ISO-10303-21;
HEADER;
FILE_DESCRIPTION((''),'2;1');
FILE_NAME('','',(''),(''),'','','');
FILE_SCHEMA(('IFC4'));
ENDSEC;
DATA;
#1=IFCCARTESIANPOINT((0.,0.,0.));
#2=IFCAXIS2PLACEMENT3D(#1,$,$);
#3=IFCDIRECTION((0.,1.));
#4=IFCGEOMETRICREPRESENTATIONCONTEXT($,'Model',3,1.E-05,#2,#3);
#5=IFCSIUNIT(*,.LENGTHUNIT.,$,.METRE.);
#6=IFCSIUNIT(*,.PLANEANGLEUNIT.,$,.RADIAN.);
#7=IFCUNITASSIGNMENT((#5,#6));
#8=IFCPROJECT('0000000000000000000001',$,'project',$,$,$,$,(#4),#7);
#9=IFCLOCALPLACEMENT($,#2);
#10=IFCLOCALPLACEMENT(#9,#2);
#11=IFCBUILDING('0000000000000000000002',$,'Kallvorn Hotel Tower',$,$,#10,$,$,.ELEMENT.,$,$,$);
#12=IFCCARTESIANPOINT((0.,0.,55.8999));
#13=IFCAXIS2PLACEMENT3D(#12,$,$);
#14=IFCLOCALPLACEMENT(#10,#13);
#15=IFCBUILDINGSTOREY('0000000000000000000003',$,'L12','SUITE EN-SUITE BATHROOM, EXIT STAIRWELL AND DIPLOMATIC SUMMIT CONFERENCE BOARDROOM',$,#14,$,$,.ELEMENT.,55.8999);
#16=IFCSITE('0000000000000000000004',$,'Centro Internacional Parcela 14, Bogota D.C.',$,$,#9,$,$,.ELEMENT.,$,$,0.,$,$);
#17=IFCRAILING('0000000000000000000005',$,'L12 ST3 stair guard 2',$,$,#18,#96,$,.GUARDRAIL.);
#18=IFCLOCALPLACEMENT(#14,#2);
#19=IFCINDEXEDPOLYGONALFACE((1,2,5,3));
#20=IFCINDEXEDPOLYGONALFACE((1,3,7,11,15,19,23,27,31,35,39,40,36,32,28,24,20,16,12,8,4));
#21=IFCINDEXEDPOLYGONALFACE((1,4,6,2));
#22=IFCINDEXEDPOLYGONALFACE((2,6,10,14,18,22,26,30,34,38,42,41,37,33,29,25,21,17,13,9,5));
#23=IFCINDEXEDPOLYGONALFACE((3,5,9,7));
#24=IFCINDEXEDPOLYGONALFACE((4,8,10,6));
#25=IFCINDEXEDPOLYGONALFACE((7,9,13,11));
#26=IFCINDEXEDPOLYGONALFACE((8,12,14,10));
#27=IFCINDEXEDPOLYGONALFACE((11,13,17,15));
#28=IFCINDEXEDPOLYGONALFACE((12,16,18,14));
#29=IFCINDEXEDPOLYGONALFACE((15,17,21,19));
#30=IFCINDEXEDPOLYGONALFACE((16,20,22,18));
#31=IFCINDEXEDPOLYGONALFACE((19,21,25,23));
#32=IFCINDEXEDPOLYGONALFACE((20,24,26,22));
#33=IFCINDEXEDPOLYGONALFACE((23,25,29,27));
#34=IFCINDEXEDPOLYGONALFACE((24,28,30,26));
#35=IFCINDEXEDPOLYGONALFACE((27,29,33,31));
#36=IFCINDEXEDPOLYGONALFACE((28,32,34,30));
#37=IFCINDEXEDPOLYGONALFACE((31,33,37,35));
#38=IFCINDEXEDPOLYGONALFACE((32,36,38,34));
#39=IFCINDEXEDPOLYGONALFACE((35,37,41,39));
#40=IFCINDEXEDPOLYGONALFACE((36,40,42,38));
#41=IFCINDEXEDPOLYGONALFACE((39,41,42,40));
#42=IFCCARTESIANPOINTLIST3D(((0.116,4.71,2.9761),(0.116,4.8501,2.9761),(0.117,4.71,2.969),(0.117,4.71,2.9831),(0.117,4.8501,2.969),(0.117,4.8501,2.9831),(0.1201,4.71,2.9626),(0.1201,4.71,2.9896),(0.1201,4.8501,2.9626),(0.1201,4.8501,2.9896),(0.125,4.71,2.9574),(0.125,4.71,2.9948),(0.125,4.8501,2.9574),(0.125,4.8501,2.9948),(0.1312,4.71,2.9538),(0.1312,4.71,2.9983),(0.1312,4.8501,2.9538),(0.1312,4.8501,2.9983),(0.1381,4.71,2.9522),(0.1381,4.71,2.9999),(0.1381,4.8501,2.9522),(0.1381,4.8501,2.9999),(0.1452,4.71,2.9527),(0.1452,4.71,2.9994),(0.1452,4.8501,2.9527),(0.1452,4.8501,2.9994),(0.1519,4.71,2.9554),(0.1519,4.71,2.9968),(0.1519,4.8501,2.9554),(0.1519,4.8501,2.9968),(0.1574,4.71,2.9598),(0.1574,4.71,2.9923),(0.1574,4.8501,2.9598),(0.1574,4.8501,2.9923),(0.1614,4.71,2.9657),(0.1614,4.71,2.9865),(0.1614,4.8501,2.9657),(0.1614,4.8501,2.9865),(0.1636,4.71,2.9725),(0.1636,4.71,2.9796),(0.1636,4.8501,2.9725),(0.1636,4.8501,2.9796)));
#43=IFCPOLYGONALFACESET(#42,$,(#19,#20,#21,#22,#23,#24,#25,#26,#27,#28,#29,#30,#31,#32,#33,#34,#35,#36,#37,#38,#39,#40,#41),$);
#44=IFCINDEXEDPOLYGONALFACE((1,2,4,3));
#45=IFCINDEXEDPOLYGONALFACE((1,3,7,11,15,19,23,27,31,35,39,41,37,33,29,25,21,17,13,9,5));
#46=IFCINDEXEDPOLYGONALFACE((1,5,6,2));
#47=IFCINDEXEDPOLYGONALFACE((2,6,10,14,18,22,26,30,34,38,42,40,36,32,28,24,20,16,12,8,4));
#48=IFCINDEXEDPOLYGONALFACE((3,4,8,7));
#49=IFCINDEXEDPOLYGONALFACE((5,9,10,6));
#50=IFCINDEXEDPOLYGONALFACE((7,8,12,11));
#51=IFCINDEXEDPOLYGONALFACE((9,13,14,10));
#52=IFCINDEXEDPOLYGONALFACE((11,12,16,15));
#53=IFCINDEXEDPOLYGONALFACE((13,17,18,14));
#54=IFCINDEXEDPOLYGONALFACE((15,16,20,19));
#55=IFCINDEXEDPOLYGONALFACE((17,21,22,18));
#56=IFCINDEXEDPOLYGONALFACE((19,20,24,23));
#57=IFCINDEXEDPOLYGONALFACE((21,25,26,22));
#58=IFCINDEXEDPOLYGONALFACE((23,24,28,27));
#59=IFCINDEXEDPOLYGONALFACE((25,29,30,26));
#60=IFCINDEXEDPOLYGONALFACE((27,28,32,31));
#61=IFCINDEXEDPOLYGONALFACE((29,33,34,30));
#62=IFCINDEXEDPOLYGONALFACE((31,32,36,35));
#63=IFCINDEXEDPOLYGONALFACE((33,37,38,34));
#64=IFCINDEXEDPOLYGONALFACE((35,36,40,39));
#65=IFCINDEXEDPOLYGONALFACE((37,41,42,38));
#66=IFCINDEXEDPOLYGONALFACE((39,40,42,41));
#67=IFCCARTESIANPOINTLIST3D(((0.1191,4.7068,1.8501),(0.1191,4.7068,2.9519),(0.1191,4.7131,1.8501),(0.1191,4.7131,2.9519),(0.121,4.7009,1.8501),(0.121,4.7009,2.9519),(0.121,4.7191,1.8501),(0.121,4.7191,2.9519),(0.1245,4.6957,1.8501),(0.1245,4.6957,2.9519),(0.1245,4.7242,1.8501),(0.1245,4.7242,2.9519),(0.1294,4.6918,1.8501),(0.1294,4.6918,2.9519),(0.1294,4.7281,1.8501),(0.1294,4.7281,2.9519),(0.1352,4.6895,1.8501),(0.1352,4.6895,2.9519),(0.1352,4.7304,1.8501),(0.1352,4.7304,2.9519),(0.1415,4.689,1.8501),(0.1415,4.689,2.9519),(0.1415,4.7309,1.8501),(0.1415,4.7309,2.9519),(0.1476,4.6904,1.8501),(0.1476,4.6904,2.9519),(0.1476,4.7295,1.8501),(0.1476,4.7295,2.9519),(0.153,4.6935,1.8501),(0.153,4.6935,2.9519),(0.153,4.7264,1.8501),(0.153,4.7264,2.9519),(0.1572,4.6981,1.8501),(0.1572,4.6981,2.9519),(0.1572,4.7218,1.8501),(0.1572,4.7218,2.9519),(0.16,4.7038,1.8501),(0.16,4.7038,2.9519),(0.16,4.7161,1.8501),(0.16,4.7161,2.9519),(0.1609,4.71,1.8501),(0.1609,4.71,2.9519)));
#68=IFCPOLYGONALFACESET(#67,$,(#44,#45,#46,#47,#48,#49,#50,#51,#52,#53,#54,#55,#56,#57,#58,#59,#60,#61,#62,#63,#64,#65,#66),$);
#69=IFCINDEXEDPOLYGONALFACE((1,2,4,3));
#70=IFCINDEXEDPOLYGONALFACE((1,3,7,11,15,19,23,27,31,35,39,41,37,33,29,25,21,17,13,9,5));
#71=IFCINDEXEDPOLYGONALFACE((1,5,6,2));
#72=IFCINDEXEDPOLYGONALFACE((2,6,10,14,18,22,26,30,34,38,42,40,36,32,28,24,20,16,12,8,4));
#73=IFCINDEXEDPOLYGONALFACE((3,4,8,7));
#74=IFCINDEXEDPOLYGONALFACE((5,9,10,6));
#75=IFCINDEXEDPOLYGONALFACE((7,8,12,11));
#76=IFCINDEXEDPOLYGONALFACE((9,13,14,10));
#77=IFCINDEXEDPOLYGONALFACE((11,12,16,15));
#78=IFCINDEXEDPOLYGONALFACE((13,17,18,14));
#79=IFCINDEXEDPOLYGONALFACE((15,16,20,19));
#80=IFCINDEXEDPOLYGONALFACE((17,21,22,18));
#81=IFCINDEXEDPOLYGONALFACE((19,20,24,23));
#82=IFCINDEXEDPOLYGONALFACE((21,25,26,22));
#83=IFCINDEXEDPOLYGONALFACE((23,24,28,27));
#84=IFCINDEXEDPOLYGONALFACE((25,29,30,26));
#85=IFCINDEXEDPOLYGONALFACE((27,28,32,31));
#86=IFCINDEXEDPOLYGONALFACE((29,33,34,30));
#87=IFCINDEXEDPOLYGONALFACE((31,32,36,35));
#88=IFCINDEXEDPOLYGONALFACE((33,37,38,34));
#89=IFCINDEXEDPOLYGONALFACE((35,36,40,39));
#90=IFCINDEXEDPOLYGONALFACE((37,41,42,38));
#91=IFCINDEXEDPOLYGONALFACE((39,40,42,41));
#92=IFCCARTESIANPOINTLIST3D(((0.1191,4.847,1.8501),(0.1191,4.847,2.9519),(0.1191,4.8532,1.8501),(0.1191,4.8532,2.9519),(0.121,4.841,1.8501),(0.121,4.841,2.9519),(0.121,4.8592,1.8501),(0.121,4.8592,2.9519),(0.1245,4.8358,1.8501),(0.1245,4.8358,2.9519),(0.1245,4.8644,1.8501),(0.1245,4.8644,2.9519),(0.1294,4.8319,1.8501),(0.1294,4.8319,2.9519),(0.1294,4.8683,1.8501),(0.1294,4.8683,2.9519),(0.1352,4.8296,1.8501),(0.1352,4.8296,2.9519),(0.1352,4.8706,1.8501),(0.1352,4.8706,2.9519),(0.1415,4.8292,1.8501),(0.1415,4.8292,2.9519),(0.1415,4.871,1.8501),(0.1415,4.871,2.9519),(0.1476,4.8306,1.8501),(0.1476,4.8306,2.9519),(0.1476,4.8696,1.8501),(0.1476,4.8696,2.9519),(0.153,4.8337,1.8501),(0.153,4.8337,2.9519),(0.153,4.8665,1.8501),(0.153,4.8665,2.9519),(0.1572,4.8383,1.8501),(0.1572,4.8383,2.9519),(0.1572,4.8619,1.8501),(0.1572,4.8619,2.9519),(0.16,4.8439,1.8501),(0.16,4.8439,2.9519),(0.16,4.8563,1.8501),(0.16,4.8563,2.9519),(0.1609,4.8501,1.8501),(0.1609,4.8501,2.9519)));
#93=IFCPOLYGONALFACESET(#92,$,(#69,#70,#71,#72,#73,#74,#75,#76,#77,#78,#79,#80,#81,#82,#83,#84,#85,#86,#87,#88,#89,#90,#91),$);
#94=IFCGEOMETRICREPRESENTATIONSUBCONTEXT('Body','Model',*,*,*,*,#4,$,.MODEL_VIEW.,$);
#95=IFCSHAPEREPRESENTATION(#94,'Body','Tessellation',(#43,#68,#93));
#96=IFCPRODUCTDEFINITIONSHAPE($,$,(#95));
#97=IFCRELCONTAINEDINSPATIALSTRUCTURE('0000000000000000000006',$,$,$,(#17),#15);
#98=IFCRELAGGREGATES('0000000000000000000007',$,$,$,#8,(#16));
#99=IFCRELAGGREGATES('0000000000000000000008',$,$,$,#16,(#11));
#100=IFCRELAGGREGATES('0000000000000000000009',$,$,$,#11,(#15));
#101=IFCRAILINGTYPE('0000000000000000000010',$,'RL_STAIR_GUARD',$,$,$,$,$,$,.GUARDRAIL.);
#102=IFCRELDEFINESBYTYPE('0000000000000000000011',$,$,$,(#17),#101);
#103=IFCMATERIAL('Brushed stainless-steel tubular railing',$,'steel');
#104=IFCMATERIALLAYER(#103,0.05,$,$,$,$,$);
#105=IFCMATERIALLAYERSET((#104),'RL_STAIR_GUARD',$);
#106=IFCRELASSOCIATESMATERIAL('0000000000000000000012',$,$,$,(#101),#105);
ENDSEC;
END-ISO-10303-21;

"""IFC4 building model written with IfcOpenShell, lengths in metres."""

from ifc_helpers import new_model, si_unit, direction, frame, origin, origin_2d, place, context, subcontext, project, spatial, circle, extrude, material, layer, layer_set, type_object, element, save


model = new_model("IFC4")

# Units and contexts
model_context = context("Model", 3, precision=1e-05, world=origin(), true_north=direction((0.0, 1.0)))
body_context = subcontext(model_context, "Body", "Model", "MODEL_VIEW")
ifc_project = project(units=[si_unit("LENGTHUNIT", "METRE"), si_unit("PLANEANGLEUNIT", "RADIAN")], contexts=[model_context])

# Site, building, storey
site_placement = place(None, origin())
site = spatial("IfcSite", under=ifc_project, at=site_placement, Name="Centro Internacional Parcela 14, Bogota D.C.", CompositionType="ELEMENT", RefElevation=0.0)
building_placement = place(site_placement, origin())
building = spatial("IfcBuilding", under=site, at=building_placement, Name="Kallvorn Hotel Tower", CompositionType="ELEMENT")
storey_placement = place(building_placement, frame((0.0, 0.0, 55.8999)))
storey = spatial("IfcBuildingStorey", under=building, at=storey_placement, Name="L12", Description="SUITE EN-SUITE BATHROOM, EXIT STAIRWELL AND DIPLOMATIC SUMMIT CONFERENCE BOARDROOM", CompositionType="ELEMENT", Elevation=55.8999)

# Railing
ifc_material_1 = material(Name="Brushed stainless-steel tubular railing", Category="steel")
ifc_layer_1 = layer(ifc_material_1, 0.05)
ifc_layer_set_1 = layer_set([ifc_layer_1], Name="RL_STAIR_GUARD")
railing_type_1 = type_object("IfcRailingType", Name="RL_STAIR_GUARD", PredefinedType="GUARDRAIL", material=ifc_layer_set_1)
railing_1_placement = place(storey_placement, frame((0.1399, 4.71, 1.8501)))
element("IfcRailing", 1, at=railing_1_placement, inside=storey, type_object=railing_type_1, Name="L12 ST3 stair guard 2", PredefinedType="GUARDRAIL", context=body_context, shape_type="SweptSolid", body=[
    extrude(circle(Radius=0.0239, at=origin_2d()), frame((0.0, 0.0, 1.126), z_axis=(0.0, 1.0, 0.0), x_axis=(-1.0, 0.0, 0.0)), (0.0, 0.0, 1.0), 0.1401),
    extrude(circle(Radius=0.021, at=origin_2d()), origin(), (0.0, 0.0, 1.0), 1.1018),
    extrude(circle(Radius=0.021, at=origin_2d()), frame((0.0, 0.1401, 0.0)), (0.0, 0.0, 1.0), 1.1018),
])

save(model, "model.ifc")
